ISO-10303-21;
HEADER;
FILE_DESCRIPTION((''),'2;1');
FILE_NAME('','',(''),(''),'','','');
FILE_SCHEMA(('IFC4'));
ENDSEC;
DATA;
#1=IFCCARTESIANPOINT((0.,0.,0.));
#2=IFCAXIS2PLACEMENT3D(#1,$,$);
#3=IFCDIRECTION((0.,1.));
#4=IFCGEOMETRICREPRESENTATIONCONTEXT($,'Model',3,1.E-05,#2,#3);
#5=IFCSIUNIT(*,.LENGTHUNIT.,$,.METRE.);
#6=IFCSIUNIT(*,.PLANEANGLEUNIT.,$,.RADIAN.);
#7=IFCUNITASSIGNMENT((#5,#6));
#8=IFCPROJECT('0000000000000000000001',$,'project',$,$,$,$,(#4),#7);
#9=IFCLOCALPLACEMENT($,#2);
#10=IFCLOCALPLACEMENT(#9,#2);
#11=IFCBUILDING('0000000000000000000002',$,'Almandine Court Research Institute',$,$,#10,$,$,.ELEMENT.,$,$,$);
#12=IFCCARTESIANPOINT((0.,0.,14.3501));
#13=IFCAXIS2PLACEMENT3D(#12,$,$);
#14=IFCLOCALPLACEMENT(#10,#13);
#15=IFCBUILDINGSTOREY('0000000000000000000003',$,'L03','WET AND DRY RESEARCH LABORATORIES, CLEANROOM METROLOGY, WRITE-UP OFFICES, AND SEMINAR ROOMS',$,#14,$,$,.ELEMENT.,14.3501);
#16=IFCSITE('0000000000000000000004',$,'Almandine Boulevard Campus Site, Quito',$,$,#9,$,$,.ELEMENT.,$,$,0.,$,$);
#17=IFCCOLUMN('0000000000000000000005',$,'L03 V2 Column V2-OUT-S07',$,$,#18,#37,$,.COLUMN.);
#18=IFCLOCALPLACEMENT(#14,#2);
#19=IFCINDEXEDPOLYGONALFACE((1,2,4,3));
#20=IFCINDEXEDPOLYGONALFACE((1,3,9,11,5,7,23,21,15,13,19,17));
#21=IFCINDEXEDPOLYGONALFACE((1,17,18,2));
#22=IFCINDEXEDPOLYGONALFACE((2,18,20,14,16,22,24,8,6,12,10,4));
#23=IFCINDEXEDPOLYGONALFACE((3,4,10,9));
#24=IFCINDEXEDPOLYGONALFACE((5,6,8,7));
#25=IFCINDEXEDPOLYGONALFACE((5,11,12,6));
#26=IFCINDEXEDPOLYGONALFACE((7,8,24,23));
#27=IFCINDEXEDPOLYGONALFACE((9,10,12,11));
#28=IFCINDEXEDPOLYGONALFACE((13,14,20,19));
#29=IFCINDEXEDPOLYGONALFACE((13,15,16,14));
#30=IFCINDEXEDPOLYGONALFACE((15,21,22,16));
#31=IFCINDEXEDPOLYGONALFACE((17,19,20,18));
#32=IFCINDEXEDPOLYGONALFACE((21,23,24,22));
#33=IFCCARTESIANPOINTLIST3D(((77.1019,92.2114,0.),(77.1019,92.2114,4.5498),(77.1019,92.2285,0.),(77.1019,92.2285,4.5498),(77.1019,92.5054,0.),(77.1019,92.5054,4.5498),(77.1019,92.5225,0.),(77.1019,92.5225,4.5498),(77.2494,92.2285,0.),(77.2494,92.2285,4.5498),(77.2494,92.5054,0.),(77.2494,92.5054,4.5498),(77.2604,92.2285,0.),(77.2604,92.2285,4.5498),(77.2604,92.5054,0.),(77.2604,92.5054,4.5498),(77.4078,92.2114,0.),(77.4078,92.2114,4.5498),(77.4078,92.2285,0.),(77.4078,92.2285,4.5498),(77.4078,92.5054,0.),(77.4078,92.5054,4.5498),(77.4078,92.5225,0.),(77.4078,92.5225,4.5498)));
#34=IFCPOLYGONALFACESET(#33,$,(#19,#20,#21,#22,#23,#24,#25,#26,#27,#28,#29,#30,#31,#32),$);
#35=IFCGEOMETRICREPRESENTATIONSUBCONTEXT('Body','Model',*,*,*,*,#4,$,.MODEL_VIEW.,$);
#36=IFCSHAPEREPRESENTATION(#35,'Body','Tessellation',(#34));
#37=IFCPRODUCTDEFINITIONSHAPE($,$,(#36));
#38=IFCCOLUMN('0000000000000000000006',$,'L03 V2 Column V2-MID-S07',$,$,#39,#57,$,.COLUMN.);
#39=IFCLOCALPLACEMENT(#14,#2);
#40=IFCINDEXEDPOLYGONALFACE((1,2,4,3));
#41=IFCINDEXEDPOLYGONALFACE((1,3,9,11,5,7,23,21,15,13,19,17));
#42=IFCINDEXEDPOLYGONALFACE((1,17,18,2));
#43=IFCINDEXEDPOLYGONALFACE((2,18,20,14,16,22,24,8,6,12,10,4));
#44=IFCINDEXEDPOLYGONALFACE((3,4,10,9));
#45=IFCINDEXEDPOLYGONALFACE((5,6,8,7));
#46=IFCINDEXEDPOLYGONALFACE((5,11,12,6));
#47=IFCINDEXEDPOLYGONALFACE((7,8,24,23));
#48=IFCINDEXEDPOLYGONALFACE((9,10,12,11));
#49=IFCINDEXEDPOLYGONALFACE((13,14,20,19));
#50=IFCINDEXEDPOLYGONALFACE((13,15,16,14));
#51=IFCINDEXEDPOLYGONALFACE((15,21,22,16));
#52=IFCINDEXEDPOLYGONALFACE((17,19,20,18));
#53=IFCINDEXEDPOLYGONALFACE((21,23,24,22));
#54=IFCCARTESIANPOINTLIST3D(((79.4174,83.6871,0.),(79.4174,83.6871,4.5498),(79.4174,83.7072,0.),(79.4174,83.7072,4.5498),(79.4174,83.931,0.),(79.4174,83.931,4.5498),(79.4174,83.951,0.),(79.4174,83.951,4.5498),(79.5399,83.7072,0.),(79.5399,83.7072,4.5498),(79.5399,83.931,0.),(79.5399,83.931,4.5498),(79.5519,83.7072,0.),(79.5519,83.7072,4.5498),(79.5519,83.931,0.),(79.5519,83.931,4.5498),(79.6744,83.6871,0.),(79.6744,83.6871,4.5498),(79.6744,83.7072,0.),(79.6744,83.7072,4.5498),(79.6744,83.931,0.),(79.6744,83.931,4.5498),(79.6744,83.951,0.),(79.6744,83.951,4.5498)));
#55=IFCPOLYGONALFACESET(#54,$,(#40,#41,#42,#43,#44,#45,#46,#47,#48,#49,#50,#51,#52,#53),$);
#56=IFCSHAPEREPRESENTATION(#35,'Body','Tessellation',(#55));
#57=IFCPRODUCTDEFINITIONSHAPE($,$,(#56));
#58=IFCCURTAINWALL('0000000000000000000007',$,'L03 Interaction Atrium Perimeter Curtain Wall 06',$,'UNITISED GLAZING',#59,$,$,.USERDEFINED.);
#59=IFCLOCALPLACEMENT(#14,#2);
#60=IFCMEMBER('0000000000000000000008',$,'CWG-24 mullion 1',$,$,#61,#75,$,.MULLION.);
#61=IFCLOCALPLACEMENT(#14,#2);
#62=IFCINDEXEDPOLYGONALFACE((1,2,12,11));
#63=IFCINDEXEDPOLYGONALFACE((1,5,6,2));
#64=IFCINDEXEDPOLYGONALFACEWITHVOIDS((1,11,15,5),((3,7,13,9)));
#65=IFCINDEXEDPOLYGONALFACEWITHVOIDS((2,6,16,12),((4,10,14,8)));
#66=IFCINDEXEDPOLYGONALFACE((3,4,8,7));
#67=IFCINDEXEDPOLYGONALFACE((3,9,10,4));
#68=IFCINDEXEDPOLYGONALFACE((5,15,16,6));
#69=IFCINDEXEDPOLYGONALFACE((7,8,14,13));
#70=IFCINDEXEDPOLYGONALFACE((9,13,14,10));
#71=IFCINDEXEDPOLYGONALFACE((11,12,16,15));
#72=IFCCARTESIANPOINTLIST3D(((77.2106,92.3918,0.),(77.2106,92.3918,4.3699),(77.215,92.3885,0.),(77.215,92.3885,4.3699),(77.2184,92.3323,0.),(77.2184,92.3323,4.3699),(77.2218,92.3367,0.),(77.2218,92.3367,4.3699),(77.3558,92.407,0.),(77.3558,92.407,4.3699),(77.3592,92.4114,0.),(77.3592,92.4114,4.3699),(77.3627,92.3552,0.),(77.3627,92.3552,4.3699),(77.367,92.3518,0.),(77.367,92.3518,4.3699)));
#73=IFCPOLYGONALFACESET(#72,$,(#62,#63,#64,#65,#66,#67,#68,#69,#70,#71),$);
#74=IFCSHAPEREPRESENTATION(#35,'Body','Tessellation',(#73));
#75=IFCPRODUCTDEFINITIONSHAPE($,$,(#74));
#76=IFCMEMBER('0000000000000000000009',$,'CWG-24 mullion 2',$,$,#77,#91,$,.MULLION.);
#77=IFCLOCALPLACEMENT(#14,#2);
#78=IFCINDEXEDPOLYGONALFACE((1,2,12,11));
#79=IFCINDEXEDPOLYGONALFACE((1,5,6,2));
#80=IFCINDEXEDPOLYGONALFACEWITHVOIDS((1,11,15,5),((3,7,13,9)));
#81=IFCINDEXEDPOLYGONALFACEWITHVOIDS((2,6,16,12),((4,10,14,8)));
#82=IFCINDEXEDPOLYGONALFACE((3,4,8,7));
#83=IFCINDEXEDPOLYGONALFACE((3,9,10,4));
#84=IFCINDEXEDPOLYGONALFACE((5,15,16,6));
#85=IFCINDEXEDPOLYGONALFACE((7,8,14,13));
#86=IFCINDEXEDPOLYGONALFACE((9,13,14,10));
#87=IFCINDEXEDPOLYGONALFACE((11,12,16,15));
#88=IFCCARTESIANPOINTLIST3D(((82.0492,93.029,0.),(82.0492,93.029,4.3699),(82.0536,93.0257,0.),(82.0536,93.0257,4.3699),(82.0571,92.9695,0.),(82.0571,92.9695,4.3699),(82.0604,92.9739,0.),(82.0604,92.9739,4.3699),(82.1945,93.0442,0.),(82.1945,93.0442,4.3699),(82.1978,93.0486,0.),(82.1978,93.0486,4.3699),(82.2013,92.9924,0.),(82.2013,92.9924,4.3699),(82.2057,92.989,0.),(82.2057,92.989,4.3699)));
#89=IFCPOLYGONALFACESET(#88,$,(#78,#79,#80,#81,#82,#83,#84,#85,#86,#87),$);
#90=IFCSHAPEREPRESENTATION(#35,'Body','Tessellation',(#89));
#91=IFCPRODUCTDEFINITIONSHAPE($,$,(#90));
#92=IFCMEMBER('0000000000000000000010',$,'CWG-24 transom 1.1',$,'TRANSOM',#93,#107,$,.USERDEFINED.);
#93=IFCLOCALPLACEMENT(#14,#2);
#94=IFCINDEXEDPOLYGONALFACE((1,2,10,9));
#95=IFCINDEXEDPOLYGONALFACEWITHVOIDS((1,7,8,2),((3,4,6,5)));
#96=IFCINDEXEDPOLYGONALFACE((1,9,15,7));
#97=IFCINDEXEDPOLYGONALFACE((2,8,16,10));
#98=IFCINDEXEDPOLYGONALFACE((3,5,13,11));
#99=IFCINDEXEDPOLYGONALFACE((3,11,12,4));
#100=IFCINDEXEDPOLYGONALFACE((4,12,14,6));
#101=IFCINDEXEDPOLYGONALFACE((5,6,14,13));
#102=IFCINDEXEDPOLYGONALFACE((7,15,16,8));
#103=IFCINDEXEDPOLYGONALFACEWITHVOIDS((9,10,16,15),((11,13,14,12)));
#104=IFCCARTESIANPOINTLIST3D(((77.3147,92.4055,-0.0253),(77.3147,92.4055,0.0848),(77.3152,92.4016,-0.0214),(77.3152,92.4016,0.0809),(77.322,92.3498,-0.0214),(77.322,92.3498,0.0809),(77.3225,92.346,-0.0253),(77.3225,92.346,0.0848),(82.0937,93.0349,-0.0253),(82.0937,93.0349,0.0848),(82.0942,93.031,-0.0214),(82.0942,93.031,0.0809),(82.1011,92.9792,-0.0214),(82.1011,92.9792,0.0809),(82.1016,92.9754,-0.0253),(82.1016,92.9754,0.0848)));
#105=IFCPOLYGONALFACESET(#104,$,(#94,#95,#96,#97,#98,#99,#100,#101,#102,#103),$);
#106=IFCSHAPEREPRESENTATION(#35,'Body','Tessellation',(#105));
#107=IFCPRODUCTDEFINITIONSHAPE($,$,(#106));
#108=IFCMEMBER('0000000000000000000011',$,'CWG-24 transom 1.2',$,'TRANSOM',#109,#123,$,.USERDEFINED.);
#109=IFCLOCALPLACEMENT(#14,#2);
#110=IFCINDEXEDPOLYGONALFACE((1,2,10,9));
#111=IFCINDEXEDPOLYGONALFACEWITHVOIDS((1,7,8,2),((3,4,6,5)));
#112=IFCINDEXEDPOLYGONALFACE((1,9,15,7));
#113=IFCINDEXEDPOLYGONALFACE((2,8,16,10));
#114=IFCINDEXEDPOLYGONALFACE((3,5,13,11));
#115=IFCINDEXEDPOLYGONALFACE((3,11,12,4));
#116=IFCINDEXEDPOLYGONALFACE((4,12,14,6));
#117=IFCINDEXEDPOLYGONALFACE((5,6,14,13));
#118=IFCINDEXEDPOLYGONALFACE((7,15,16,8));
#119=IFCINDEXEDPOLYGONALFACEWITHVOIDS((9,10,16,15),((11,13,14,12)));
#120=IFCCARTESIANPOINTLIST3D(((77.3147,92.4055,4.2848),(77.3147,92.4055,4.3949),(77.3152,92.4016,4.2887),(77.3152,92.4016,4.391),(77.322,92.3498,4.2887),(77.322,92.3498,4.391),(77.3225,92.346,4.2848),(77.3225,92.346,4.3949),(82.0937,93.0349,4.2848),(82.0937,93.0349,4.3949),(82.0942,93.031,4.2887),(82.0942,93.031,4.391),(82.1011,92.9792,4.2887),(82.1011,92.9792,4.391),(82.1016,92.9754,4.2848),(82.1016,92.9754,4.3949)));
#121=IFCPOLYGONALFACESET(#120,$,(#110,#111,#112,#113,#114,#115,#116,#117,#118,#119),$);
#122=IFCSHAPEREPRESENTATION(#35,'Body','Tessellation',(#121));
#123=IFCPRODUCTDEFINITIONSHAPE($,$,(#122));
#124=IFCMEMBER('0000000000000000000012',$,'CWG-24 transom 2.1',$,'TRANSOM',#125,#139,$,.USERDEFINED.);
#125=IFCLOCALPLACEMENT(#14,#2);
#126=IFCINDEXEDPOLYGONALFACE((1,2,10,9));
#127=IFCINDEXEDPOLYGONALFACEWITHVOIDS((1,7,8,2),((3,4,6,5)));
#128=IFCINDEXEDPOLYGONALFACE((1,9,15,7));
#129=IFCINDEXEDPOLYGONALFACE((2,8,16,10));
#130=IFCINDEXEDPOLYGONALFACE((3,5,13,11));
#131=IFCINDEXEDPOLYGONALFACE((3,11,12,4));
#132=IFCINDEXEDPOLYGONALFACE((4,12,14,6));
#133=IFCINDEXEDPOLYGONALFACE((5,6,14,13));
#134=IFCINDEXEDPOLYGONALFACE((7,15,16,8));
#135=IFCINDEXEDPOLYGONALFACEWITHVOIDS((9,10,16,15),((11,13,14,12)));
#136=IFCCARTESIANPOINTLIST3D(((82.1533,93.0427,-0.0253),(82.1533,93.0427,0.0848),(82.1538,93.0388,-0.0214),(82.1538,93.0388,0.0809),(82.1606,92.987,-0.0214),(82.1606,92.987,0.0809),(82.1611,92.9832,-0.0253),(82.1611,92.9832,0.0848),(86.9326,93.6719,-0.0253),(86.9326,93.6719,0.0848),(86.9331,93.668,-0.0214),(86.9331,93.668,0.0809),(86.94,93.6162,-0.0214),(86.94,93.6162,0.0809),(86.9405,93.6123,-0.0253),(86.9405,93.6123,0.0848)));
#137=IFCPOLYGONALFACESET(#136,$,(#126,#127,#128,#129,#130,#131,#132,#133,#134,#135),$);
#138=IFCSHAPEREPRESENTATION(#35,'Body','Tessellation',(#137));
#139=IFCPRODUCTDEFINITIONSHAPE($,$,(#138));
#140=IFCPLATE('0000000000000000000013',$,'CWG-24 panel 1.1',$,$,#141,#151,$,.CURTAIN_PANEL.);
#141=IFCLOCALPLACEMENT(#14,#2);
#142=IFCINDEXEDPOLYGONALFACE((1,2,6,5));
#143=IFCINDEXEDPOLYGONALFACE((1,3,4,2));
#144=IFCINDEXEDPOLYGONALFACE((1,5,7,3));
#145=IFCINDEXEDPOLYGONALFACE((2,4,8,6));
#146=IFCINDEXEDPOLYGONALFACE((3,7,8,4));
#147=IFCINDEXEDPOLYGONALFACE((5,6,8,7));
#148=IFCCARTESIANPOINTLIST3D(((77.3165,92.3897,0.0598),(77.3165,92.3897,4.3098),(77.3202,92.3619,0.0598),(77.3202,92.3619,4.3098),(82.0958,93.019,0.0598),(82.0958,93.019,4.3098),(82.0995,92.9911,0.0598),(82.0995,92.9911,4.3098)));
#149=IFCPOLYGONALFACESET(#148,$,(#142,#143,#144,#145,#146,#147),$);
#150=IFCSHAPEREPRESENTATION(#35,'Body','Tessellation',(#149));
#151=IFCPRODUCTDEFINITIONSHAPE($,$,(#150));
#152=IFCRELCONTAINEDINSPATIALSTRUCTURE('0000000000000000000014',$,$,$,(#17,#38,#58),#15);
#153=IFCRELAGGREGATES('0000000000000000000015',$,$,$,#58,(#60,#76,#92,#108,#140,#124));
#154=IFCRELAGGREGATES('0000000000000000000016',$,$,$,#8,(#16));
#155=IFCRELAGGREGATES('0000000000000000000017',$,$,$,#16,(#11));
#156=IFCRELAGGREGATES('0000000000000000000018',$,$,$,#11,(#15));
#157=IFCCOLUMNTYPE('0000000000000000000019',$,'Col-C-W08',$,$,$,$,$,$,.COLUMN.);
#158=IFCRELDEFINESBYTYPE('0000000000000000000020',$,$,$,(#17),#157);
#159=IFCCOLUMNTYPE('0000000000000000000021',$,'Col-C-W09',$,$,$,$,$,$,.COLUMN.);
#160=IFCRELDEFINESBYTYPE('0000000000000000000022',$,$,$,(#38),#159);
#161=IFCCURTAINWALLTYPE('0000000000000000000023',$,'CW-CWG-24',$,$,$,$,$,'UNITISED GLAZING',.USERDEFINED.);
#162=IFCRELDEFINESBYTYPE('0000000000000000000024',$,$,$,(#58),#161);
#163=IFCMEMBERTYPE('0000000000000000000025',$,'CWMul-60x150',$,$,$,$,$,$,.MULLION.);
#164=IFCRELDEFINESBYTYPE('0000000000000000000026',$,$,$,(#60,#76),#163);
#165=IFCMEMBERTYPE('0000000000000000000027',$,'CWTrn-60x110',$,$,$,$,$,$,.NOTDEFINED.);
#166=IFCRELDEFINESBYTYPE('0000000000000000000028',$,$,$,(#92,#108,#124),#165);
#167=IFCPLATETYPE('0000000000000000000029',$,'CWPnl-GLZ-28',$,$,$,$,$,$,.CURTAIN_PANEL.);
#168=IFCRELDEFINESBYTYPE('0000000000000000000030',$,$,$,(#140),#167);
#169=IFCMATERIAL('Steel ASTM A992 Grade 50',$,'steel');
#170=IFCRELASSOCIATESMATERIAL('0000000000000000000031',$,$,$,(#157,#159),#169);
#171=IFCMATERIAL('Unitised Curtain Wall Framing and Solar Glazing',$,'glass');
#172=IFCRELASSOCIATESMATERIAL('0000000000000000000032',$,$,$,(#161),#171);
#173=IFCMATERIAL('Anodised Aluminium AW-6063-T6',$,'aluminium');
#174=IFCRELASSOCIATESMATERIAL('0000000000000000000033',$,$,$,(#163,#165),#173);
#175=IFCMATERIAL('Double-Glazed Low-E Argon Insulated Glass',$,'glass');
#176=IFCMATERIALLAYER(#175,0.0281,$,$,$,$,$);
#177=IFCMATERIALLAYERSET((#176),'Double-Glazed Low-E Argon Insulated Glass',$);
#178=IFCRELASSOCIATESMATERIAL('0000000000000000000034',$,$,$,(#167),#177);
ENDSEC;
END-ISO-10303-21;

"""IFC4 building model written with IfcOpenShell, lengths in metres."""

from ifc_helpers import new_model, si_unit, direction, frame, origin, origin_2d, place, context, subcontext, project, spatial, rectangle, hollow_rectangle, i_section, extrude, material, layer, layer_set, material_profile, profile_set, type_object, element, aggregate, save


model = new_model("IFC4")

# Units and contexts
model_context = context("Model", 3, precision=1e-05, world=origin(), true_north=direction((0.0, 1.0)))
body_context = subcontext(model_context, "Body", "Model", "MODEL_VIEW")
ifc_project = project(units=[si_unit("LENGTHUNIT", "METRE"), si_unit("PLANEANGLEUNIT", "RADIAN")], contexts=[model_context])

# Site, building, storey
site_placement = place(None, origin())
site = spatial("IfcSite", under=ifc_project, at=site_placement, Name="Almandine Boulevard Campus Site, Quito", CompositionType="ELEMENT", RefElevation=0.0)
building_placement = place(site_placement, origin())
building = spatial("IfcBuilding", under=site, at=building_placement, Name="Almandine Court Research Institute", CompositionType="ELEMENT")
storey_placement = place(building_placement, frame((0.0, 0.0, 14.3501)))
storey = spatial("IfcBuildingStorey", under=building, at=storey_placement, Name="L03", Description="WET AND DRY RESEARCH LABORATORIES, CLEANROOM METROLOGY, WRITE-UP OFFICES, AND SEMINAR ROOMS", CompositionType="ELEMENT", Elevation=14.3501)

# Columns
ifc_material_1 = material(Name="Steel ASTM A992 Grade 50", Category="steel")
ifc_material_profile_1 = material_profile(ifc_material_1, i_section(OverallWidth=0.3059, OverallDepth=0.311, WebThickness=0.011, FlangeThickness=0.0171, at=origin_2d()), Name="W310x107")
ifc_profile_set_1 = profile_set([ifc_material_profile_1], Name="Steel ASTM A992 Grade 50")
column_type_1 = type_object("IfcColumnType", Name="Col-C-W08", PredefinedType="COLUMN", material=ifc_profile_set_1)
column_1_placement = place(storey_placement, frame((77.2549, 92.3669, 0.0), z_axis=(0.0, 0.0, 1.0), x_axis=(1.0, 0.0, 0.0)))
element("IfcColumn", 1, at=column_1_placement, inside=storey, type_object=column_type_1, Name="L03 V2 Column V2-OUT-S07", PredefinedType="COLUMN", context=body_context, shape_type="SweptSolid", body=[
    extrude(i_section(OverallWidth=0.3059, OverallDepth=0.311, WebThickness=0.011, FlangeThickness=0.0171, at=origin_2d()), origin(), (0.0, 0.0, 1.0), 4.5498),
])
ifc_material_profile_2 = material_profile(ifc_material_1, i_section(OverallWidth=0.2571, OverallDepth=0.2639, WebThickness=0.012, FlangeThickness=0.02, at=origin_2d()), Name="W250x101")
ifc_profile_set_2 = profile_set([ifc_material_profile_2], Name="Steel ASTM A992 Grade 50")
column_type_2 = type_object("IfcColumnType", Name="Col-C-W09", PredefinedType="COLUMN", material=ifc_profile_set_2)
column_2_placement = place(storey_placement, frame((79.5459, 83.8191, 0.0), z_axis=(0.0, 0.0, 1.0), x_axis=(1.0, 0.0, 0.0)))
element("IfcColumn", 2, at=column_2_placement, inside=storey, type_object=column_type_2, Name="L03 V2 Column V2-MID-S07", PredefinedType="COLUMN", context=body_context, shape_type="SweptSolid", body=[
    extrude(i_section(OverallWidth=0.2571, OverallDepth=0.2639, WebThickness=0.012, FlangeThickness=0.02, at=origin_2d()), origin(), (0.0, 0.0, 1.0), 4.5498),
])

# Curtain wall, members, plate
ifc_material_2 = material(Name="Unitised Curtain Wall Framing and Solar Glazing", Category="glass")
curtain_wall_type = type_object("IfcCurtainWallType", Name="CW-CWG-24", ElementType="UNITISED GLAZING", PredefinedType="USERDEFINED", material=ifc_material_2)
curtain_wall_placement = place(storey_placement, origin())
curtain_wall = element("IfcCurtainWall", 3, at=curtain_wall_placement, inside=storey, type_object=curtain_wall_type, Name="L03 Interaction Atrium Perimeter Curtain Wall 06", ObjectType="UNITISED GLAZING", PredefinedType="USERDEFINED")
ifc_material_3 = material(Name="Anodised Aluminium AW-6063-T6", Category="aluminium")
ifc_material_profile_3 = material_profile(ifc_material_3, hollow_rectangle(XDim=0.0601, YDim=0.1499, WallThickness=0.0039, at=origin_2d()), Name="ALU RHS 60x150x4")
ifc_profile_set_3 = profile_set([ifc_material_profile_3], Name="Anodised Aluminium AW-6063-T6")
member_type_1 = type_object("IfcMemberType", Name="CWMul-60x150", PredefinedType="MULLION", material=ifc_profile_set_3)
member_1_placement = place(storey_placement, frame((77.2888, 92.3718, 0.0), z_axis=(0.0, 0.0, 1.0), x_axis=(-0.130536, 0.991444, 0.0)))
member_1 = element("IfcMember", 4, at=member_1_placement, type_object=member_type_1, Name="CWG-24 mullion 1", PredefinedType="MULLION", context=body_context, shape_type="SweptSolid", body=[
    extrude(hollow_rectangle(XDim=0.0601, YDim=0.1499, WallThickness=0.0039, at=origin_2d()), origin(), (0.0, 0.0, 1.0), 4.3699),
])
member_2_placement = place(storey_placement, frame((82.1274, 93.009, 0.0), z_axis=(0.0, 0.0, 1.0), x_axis=(-0.130536, 0.991444, 0.0)))
member_2 = element("IfcMember", 5, at=member_2_placement, type_object=member_type_1, Name="CWG-24 mullion 2", PredefinedType="MULLION", context=body_context, shape_type="SweptSolid", body=[
    extrude(hollow_rectangle(XDim=0.0601, YDim=0.1499, WallThickness=0.0039, at=origin_2d()), origin(), (0.0, 0.0, 1.0), 4.3699),
])
ifc_material_profile_4 = material_profile(ifc_material_3, hollow_rectangle(XDim=0.0601, YDim=0.1101, WallThickness=0.0039, at=origin_2d()), Name="ALU RHS 60x110x4")
ifc_profile_set_4 = profile_set([ifc_material_profile_4], Name="Anodised Aluminium AW-6063-T6")
member_type_2 = type_object("IfcMemberType", Name="CWTrn-60x110", PredefinedType="NOTDEFINED", material=ifc_profile_set_4)
member_3_placement = place(storey_placement, frame((77.3186, 92.3757, 0.0298), z_axis=(0.991439, 0.130571, 0.0), x_axis=(-0.130571, 0.991439, 0.0)))
member_3 = element("IfcMember", 6, at=member_3_placement, type_object=member_type_2, Name="CWG-24 transom 1.1", ObjectType="TRANSOM", PredefinedType="USERDEFINED", context=body_context, shape_type="SweptSolid", body=[
    extrude(hollow_rectangle(XDim=0.0601, YDim=0.1101, WallThickness=0.0039, at=origin_2d()), origin(), (0.0, 0.0, 1.0), 4.8203),
])
member_4_placement = place(storey_placement, frame((77.3186, 92.3757, 4.3398), z_axis=(0.991439, 0.130571, 0.0), x_axis=(-0.130571, 0.991439, 0.0)))
member_4 = element("IfcMember", 7, at=member_4_placement, type_object=member_type_2, Name="CWG-24 transom 1.2", ObjectType="TRANSOM", PredefinedType="USERDEFINED", context=body_context, shape_type="SweptSolid", body=[
    extrude(hollow_rectangle(XDim=0.0601, YDim=0.1101, WallThickness=0.0039, at=origin_2d()), origin(), (0.0, 0.0, 1.0), 4.8203),
])
member_5_placement = place(storey_placement, frame((82.1572, 93.0129, 0.0298), z_axis=(0.991446, 0.130515, 0.0), x_axis=(-0.130515, 0.991446, 0.0)))
member_5 = element("IfcMember", 8, at=member_5_placement, type_object=member_type_2, Name="CWG-24 transom 2.1", ObjectType="TRANSOM", PredefinedType="USERDEFINED", context=body_context, shape_type="SweptSolid", body=[
    extrude(hollow_rectangle(XDim=0.0601, YDim=0.1101, WallThickness=0.0039, at=origin_2d()), origin(), (0.0, 0.0, 1.0), 4.8206),
])
ifc_material_4 = material(Name="Double-Glazed Low-E Argon Insulated Glass", Category="glass")
ifc_layer_1 = layer(ifc_material_4, 0.0281)
ifc_layer_set_1 = layer_set([ifc_layer_1], Name="Double-Glazed Low-E Argon Insulated Glass")
plate_type = type_object("IfcPlateType", Name="CWPnl-GLZ-28", PredefinedType="CURTAIN_PANEL", material=ifc_layer_set_1)
plate_placement = place(storey_placement, frame((79.708, 92.6904, 0.0598), z_axis=(0.0, 0.0, 1.0), x_axis=(0.991444, 0.130536, 0.0)))
plate = element("IfcPlate", 9, at=plate_placement, type_object=plate_type, Name="CWG-24 panel 1.1", PredefinedType="CURTAIN_PANEL", context=body_context, shape_type="SweptSolid", body=[
    extrude(rectangle(XDim=4.8206, YDim=0.0281, at=origin_2d()), origin(), (0.0, 0.0, 1.0), 4.25),
])
aggregate(curtain_wall, [member_1, member_2, member_3, member_4, plate, member_5])

save(model, "model.ifc")
